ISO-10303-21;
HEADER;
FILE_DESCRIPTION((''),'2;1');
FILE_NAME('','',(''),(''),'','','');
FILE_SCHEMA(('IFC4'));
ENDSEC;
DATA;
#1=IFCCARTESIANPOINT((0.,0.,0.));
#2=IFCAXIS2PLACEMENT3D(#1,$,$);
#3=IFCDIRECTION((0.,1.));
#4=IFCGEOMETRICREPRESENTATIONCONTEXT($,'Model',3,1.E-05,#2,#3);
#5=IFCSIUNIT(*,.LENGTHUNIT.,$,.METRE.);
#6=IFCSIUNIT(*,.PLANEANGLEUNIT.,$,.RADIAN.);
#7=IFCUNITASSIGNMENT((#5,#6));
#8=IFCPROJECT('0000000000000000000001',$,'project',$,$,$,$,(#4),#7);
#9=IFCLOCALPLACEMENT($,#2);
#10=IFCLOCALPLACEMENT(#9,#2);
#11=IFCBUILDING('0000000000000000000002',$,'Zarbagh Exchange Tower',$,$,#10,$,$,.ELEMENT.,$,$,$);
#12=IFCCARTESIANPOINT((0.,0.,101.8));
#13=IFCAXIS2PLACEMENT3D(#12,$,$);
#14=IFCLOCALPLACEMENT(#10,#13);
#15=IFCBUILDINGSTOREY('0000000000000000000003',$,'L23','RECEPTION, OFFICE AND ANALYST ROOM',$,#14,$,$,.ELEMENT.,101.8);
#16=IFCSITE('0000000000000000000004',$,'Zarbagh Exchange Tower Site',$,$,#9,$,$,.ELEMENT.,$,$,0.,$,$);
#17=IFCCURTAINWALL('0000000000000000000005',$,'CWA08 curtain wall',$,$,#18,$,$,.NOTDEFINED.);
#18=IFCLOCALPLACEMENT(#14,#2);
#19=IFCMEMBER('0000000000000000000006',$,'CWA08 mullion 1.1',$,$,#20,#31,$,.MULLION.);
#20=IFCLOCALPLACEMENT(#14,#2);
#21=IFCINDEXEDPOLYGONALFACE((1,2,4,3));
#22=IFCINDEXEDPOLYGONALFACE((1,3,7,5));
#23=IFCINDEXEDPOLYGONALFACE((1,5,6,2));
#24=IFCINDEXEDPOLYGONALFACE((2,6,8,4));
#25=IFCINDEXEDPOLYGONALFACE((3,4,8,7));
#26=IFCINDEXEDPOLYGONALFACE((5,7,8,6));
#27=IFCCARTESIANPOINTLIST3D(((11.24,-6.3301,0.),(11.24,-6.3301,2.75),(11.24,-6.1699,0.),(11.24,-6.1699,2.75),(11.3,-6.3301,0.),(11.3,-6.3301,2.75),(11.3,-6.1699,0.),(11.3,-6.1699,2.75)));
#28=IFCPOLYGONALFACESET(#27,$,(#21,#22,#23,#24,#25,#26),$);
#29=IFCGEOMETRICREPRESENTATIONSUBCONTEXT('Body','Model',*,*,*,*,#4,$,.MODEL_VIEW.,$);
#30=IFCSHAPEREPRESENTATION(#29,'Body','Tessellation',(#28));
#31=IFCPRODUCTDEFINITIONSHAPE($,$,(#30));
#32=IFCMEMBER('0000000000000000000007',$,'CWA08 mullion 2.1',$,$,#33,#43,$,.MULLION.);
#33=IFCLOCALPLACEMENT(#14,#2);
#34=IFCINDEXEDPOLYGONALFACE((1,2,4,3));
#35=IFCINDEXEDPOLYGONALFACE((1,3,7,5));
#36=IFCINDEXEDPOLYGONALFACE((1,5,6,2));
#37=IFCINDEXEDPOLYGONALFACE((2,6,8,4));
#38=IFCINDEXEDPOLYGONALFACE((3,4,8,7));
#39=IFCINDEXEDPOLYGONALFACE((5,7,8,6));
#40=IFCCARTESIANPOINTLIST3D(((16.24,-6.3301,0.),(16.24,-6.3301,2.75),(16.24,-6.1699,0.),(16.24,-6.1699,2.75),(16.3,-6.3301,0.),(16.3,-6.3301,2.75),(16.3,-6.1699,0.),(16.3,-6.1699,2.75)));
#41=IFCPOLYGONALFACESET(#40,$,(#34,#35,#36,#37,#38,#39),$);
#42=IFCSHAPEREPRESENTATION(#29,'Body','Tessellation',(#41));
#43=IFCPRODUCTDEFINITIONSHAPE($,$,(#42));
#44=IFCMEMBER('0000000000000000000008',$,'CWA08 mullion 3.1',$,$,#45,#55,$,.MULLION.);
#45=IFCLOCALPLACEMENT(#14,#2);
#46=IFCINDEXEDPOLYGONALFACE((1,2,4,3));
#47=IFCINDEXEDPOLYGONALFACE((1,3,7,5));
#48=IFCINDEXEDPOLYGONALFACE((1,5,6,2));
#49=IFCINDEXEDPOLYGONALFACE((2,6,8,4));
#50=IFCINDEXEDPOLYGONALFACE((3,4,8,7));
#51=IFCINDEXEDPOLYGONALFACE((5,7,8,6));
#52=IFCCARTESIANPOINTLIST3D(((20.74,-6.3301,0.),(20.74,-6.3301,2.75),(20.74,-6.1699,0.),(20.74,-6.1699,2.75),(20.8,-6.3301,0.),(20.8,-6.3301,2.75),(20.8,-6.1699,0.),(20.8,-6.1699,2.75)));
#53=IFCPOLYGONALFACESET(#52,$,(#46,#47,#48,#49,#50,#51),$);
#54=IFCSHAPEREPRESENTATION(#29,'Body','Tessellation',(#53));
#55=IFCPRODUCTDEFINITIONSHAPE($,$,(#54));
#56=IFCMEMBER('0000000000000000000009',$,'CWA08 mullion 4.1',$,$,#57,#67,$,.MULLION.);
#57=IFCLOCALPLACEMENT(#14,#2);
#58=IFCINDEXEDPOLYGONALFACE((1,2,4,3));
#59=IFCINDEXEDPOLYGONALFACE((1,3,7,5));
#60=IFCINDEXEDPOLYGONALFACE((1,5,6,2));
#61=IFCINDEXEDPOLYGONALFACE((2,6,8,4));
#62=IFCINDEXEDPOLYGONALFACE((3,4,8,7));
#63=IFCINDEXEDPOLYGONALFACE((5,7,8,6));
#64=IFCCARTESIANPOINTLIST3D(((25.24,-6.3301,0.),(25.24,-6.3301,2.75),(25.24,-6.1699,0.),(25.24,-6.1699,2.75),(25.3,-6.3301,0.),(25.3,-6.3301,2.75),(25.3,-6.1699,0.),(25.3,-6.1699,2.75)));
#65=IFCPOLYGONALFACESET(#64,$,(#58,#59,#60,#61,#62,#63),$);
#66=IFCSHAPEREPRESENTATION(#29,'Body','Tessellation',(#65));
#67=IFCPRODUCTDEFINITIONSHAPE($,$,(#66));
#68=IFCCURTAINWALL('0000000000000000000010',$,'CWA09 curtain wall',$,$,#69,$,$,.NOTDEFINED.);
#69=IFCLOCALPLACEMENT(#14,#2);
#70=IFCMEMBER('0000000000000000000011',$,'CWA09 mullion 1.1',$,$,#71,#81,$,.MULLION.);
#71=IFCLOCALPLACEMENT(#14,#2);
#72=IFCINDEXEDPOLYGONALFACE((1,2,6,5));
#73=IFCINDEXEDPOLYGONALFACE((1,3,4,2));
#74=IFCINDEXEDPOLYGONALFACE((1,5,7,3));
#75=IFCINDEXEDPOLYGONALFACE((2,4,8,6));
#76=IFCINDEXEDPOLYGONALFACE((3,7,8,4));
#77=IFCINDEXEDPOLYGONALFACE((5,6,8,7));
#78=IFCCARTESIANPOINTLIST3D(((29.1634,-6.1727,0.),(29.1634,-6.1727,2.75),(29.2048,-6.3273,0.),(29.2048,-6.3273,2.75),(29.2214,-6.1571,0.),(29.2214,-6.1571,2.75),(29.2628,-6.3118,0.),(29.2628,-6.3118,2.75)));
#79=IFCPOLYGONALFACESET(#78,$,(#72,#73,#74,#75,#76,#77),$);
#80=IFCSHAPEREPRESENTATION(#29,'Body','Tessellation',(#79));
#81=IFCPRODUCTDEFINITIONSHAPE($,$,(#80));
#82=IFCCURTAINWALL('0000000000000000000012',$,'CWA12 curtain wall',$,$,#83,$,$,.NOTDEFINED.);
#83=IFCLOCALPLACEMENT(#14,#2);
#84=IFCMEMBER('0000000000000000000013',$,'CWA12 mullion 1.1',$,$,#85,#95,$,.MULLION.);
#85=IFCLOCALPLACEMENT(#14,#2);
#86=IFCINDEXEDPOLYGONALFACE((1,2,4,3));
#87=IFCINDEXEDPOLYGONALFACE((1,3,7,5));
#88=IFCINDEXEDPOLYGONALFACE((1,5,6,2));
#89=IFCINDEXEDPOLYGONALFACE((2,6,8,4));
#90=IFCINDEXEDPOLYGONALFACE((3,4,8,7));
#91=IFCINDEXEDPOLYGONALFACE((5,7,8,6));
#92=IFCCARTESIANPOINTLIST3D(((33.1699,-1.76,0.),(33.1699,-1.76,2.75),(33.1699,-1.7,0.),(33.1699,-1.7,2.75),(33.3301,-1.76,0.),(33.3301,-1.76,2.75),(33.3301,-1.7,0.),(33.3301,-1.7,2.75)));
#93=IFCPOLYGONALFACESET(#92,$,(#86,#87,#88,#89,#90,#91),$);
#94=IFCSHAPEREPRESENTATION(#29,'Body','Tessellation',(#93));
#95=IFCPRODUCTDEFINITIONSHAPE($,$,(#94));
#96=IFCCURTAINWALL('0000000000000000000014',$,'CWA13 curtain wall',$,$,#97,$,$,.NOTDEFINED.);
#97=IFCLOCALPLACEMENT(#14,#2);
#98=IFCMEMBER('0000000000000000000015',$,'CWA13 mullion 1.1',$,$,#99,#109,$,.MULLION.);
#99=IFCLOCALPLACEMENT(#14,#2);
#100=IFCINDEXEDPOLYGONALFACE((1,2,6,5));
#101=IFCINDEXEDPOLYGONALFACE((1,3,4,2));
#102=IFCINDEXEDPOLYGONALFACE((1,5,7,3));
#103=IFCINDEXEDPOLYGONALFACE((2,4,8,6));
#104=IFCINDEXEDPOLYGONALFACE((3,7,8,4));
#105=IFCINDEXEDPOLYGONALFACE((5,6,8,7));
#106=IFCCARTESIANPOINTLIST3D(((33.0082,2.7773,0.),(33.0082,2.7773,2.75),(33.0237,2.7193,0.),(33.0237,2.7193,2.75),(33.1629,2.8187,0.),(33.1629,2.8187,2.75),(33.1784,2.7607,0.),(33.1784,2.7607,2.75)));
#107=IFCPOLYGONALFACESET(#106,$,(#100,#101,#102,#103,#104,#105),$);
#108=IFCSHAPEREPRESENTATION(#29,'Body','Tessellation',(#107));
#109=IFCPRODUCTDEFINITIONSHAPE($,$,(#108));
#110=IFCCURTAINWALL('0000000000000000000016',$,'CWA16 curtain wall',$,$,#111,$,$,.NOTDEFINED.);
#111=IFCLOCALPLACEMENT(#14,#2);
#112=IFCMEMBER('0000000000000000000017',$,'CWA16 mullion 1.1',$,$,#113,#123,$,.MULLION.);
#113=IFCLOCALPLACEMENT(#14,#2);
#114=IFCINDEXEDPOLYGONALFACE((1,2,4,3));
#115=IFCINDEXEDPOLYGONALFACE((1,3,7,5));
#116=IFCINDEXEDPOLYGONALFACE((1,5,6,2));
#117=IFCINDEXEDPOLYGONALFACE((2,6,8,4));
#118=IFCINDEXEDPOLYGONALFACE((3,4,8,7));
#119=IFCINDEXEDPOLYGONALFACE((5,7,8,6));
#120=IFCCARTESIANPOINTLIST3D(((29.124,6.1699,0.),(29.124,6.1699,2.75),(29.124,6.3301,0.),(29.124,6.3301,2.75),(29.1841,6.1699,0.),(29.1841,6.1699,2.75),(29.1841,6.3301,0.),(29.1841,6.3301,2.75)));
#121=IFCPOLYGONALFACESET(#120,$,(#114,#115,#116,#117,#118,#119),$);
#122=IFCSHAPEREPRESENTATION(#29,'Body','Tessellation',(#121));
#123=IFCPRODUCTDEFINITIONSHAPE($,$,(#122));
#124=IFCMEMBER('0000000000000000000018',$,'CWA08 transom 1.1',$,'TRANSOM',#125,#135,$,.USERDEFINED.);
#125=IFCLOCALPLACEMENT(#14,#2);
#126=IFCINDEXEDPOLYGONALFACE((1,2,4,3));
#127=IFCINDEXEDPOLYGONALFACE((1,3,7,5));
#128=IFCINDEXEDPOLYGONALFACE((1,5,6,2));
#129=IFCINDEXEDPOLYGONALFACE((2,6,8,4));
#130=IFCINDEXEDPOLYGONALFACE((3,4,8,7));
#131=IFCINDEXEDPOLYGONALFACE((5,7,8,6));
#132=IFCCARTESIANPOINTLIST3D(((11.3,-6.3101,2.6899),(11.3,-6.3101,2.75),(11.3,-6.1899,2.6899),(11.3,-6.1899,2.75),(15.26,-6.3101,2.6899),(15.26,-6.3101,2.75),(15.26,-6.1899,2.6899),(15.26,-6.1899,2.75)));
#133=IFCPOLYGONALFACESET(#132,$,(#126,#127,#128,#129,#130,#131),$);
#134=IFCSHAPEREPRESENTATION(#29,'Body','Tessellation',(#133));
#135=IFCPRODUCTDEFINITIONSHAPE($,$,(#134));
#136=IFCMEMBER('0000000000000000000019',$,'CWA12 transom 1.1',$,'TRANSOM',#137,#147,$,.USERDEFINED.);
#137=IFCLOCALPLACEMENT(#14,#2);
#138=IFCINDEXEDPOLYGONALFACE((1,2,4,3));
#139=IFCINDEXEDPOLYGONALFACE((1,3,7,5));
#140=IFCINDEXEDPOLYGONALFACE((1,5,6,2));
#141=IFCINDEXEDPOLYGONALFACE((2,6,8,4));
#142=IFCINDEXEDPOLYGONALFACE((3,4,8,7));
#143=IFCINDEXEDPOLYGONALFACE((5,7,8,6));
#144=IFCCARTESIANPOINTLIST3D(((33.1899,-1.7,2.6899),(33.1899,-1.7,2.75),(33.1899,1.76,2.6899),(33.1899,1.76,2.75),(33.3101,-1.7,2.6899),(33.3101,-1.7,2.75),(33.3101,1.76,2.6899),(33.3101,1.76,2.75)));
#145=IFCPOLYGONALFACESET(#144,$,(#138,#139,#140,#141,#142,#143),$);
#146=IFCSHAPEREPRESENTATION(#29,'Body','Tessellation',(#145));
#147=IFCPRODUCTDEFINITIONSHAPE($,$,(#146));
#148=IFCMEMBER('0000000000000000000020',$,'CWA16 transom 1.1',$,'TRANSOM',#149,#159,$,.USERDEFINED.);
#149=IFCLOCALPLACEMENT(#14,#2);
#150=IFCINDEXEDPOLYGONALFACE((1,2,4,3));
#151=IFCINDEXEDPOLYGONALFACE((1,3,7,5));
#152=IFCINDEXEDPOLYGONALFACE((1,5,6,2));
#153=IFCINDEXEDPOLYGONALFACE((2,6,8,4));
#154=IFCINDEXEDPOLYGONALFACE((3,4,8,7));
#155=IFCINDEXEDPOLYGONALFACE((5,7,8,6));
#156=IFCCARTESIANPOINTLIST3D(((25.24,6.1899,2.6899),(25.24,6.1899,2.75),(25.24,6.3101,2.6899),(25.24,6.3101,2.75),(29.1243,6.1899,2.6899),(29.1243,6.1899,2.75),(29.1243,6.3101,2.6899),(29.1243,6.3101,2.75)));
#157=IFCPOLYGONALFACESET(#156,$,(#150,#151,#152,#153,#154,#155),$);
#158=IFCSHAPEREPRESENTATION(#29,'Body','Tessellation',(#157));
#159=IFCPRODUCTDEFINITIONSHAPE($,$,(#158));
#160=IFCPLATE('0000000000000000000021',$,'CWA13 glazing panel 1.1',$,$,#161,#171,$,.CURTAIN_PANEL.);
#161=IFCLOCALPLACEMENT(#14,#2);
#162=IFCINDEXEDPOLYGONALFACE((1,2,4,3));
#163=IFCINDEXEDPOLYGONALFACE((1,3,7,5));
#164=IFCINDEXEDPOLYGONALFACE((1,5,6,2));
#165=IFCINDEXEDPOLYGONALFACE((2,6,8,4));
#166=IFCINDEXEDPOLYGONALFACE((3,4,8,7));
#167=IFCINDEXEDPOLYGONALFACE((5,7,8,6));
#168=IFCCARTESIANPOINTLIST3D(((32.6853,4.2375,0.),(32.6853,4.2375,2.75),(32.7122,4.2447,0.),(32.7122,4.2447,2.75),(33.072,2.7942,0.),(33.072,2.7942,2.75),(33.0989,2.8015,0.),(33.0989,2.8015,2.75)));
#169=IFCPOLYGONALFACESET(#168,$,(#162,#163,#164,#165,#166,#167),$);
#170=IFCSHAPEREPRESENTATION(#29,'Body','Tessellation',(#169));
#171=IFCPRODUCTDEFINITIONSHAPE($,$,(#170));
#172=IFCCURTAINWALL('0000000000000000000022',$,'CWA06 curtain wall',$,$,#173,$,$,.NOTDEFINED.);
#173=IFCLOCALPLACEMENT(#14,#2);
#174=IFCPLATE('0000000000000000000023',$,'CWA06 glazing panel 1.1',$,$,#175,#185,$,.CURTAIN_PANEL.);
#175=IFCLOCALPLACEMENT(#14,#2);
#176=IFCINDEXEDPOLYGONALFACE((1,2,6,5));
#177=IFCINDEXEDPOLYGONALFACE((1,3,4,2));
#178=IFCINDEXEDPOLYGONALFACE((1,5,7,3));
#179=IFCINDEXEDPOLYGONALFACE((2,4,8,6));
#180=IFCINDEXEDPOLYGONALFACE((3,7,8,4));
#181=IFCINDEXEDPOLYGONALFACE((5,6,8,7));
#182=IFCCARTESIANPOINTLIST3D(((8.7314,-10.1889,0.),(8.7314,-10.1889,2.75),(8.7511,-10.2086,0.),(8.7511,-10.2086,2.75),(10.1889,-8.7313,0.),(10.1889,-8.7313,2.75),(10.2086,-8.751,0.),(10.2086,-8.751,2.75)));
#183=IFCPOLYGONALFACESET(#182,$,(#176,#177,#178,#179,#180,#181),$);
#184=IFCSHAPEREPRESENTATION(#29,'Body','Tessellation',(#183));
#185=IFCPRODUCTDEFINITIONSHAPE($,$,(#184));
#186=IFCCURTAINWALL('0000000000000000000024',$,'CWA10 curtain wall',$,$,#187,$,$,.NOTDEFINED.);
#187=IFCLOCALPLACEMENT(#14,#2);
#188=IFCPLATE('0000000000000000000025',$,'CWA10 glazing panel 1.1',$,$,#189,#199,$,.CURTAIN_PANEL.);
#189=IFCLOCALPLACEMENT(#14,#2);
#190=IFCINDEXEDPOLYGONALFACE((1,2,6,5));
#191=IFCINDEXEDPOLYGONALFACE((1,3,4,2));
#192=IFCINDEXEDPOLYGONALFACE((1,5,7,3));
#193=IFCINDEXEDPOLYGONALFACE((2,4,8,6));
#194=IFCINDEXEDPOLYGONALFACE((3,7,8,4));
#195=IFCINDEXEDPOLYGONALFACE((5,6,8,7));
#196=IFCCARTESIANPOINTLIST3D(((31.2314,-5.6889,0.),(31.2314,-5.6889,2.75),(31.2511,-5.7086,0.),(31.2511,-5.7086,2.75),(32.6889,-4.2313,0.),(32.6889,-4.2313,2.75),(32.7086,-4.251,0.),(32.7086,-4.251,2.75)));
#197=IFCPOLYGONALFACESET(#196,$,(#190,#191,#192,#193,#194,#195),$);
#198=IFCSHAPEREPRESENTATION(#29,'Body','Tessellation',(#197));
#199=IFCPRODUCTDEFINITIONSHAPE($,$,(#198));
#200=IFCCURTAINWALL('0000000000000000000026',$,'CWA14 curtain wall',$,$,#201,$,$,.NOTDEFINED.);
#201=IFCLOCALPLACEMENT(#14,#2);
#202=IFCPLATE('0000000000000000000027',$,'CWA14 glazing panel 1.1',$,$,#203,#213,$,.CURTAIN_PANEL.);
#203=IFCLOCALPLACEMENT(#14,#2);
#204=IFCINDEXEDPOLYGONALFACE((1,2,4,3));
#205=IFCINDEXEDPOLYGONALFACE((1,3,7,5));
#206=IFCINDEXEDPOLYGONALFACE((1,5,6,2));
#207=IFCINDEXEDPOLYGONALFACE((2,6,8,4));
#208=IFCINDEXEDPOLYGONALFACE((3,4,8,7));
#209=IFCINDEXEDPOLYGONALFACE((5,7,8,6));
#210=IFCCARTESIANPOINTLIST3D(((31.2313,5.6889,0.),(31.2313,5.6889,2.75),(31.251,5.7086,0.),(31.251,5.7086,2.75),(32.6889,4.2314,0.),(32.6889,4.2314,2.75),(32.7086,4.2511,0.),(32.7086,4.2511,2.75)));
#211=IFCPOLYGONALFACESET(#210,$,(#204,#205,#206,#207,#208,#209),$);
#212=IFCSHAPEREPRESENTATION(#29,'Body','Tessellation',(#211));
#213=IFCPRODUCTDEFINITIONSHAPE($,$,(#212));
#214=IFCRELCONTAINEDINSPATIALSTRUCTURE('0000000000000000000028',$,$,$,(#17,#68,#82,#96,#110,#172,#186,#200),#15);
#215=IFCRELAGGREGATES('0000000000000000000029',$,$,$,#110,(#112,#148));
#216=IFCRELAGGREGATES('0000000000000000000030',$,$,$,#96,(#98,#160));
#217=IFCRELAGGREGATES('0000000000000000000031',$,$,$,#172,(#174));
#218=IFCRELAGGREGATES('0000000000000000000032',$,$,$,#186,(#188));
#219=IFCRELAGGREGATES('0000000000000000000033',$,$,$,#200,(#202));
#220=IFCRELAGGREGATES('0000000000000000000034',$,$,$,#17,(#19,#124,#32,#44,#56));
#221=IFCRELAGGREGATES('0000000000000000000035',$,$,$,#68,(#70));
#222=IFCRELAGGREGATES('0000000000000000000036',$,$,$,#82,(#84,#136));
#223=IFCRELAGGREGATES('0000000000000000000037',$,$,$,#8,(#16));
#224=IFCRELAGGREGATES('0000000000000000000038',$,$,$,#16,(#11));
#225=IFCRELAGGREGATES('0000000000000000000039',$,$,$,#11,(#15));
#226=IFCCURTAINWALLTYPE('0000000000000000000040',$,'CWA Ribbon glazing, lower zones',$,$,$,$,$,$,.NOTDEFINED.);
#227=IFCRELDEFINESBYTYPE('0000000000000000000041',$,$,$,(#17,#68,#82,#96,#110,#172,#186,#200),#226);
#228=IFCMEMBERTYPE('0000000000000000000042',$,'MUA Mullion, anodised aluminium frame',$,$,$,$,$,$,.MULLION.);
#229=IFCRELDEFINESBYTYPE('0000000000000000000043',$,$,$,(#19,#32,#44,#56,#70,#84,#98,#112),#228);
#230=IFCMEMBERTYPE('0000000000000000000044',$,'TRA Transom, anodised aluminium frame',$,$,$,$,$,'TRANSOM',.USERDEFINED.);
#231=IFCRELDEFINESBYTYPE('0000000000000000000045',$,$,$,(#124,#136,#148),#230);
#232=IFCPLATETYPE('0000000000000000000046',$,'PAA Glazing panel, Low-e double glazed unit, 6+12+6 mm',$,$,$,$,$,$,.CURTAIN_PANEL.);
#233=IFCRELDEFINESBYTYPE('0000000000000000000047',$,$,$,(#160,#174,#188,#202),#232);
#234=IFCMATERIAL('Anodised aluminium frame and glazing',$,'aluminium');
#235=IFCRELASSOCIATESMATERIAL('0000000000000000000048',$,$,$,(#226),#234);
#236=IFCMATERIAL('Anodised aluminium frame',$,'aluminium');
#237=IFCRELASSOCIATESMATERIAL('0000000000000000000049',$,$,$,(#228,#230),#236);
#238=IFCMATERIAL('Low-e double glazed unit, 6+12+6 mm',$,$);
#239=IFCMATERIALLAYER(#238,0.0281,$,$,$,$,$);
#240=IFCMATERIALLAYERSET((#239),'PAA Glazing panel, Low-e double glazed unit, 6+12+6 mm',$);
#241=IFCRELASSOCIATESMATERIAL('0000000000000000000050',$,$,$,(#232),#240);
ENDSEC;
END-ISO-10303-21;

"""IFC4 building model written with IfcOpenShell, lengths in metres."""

from ifc_helpers import new_model, si_unit, direction, frame, origin, place, context, subcontext, project, spatial, polyline, outline, extrude, source, transform, mapped, material, layer, layer_set, type_object, element, aggregate, save


model = new_model("IFC4")

# Units and contexts
model_context = context("Model", 3, precision=1e-05, world=origin(), true_north=direction((0.0, 1.0)))
body_context = subcontext(model_context, "Body", "Model", "MODEL_VIEW")
ifc_project = project(units=[si_unit("LENGTHUNIT", "METRE"), si_unit("PLANEANGLEUNIT", "RADIAN")], contexts=[model_context])

# Site, building, storey
site_placement = place(None, origin())
site = spatial("IfcSite", under=ifc_project, at=site_placement, Name="Zarbagh Exchange Tower Site", CompositionType="ELEMENT", RefElevation=0.0)
building_placement = place(site_placement, origin())
building = spatial("IfcBuilding", under=site, at=building_placement, Name="Zarbagh Exchange Tower", CompositionType="ELEMENT")
storey_placement = place(building_placement, frame((0.0, 0.0, 101.8)))
storey = spatial("IfcBuildingStorey", under=building, at=storey_placement, Name="L23", Description="RECEPTION, OFFICE AND ANALYST ROOM", CompositionType="ELEMENT", Elevation=101.8)

# Curtain wall, members
ifc_material_1 = material(Name="Anodised aluminium frame and glazing", Category="aluminium")
curtain_wall_type = type_object("IfcCurtainWallType", Name="CWA Ribbon glazing, lower zones", PredefinedType="NOTDEFINED", material=ifc_material_1)
curtain_wall_1_placement = place(storey_placement, origin())
curtain_wall_1 = element("IfcCurtainWall", 1, at=curtain_wall_1_placement, inside=storey, type_object=curtain_wall_type, Name="CWA08 curtain wall", PredefinedType="NOTDEFINED")
ifc_material_2 = material(Name="Anodised aluminium frame", Category="aluminium")
member_type_1 = type_object("IfcMemberType", Name="MUA Mullion, anodised aluminium frame", PredefinedType="MULLION", material=ifc_material_2)
shared_shape_1 = source(origin(), body_context, "Body", "SweptSolid", [
    extrude(outline(polyline([(0.0, -0.0801), (0.0601, -0.0801), (0.0601, 0.0801), (0.0, 0.0801), (0.0, -0.0801)])), origin(), (0.0, 0.0, 1.0), 2.75),
])
placement = place(storey_placement, origin())
member_1 = element("IfcMember", 2, at=placement, type_object=member_type_1, Name="CWA08 mullion 1.1", PredefinedType="MULLION", context=body_context, shape_type="MappedRepresentation", body=[
    mapped(shared_shape_1, transform((11.24, -6.25, 0.0), x_axis=(1.0, 0.0, 0.0), y_axis=(0.0, 1.0, 0.0), z_axis=(0.0, 0.0, 1.0))),
])
member_2 = element("IfcMember", 3, at=placement, type_object=member_type_1, Name="CWA08 mullion 2.1", PredefinedType="MULLION", context=body_context, shape_type="MappedRepresentation", body=[
    mapped(shared_shape_1, transform((16.24, -6.25, 0.0), x_axis=(1.0, 0.0, 0.0), y_axis=(0.0, 1.0, 0.0), z_axis=(0.0, 0.0, 1.0))),
])
member_3 = element("IfcMember", 4, at=placement, type_object=member_type_1, Name="CWA08 mullion 3.1", PredefinedType="MULLION", context=body_context, shape_type="MappedRepresentation", body=[
    mapped(shared_shape_1, transform((20.74, -6.25, 0.0), x_axis=(1.0, 0.0, 0.0), y_axis=(0.0, 1.0, 0.0), z_axis=(0.0, 0.0, 1.0))),
])
member_4 = element("IfcMember", 5, at=placement, type_object=member_type_1, Name="CWA08 mullion 4.1", PredefinedType="MULLION", context=body_context, shape_type="MappedRepresentation", body=[
    mapped(shared_shape_1, transform((25.24, -6.25, 0.0), x_axis=(1.0, 0.0, 0.0), y_axis=(0.0, 1.0, 0.0), z_axis=(0.0, 0.0, 1.0))),
])

# Curtain walls, members
curtain_wall_2_placement = place(storey_placement, origin())
curtain_wall_2 = element("IfcCurtainWall", 6, at=curtain_wall_2_placement, inside=storey, type_object=curtain_wall_type, Name="CWA09 curtain wall", PredefinedType="NOTDEFINED")
member_5 = element("IfcMember", 7, at=placement, type_object=member_type_1, Name="CWA09 mullion 1.1", PredefinedType="MULLION", context=body_context, shape_type="MappedRepresentation", body=[
    mapped(shared_shape_1, transform((29.1841, -6.25, 0.0), x_axis=(0.965924, 0.258825, 0.0), y_axis=(-0.258825, 0.965924, 0.0), z_axis=(0.0, 0.0, 1.0))),
])
curtain_wall_3_placement = place(storey_placement, origin())
curtain_wall_3 = element("IfcCurtainWall", 8, at=curtain_wall_3_placement, inside=storey, type_object=curtain_wall_type, Name="CWA12 curtain wall", PredefinedType="NOTDEFINED")
member_6 = element("IfcMember", 9, at=placement, type_object=member_type_1, Name="CWA12 mullion 1.1", PredefinedType="MULLION", context=body_context, shape_type="MappedRepresentation", body=[
    mapped(shared_shape_1, transform((33.25, -1.76, 0.0), x_axis=(0.0, 1.0, 0.0), y_axis=(-1.0, 0.0, 0.0), z_axis=(0.0, 0.0, 1.0))),
])
curtain_wall_4_placement = place(storey_placement, origin())
curtain_wall_4 = element("IfcCurtainWall", 10, at=curtain_wall_4_placement, inside=storey, type_object=curtain_wall_type, Name="CWA13 curtain wall", PredefinedType="NOTDEFINED")
member_7 = element("IfcMember", 11, at=placement, type_object=member_type_1, Name="CWA13 mullion 1.1", PredefinedType="MULLION", context=body_context, shape_type="MappedRepresentation", body=[
    mapped(shared_shape_1, transform((33.1011, 2.74, 0.0), x_axis=(-0.258825, 0.965924, 0.0), y_axis=(-0.965924, -0.258825, 0.0), z_axis=(0.0, 0.0, 1.0))),
])
curtain_wall_5_placement = place(storey_placement, origin())
curtain_wall_5 = element("IfcCurtainWall", 12, at=curtain_wall_5_placement, inside=storey, type_object=curtain_wall_type, Name="CWA16 curtain wall", PredefinedType="NOTDEFINED")
member_8 = element("IfcMember", 13, at=placement, type_object=member_type_1, Name="CWA16 mullion 1.1", PredefinedType="MULLION", context=body_context, shape_type="MappedRepresentation", body=[
    mapped(shared_shape_1, transform((29.1841, 6.25, 0.0), x_axis=(-1.0, 0.0, 0.0), y_axis=(0.0, -1.0, 0.0), z_axis=(0.0, 0.0, 1.0))),
])

# Members
member_type_2 = type_object("IfcMemberType", Name="TRA Transom, anodised aluminium frame", ElementType="TRANSOM", PredefinedType="USERDEFINED", material=ifc_material_2)
shared_shape_2 = source(origin(), body_context, "Body", "SweptSolid", [
    extrude(outline(polyline([(-0.0601, -0.0601), (0.0, -0.0601), (0.0, 0.0601), (-0.0601, 0.0601), (-0.0601, -0.0601)])), origin(), (0.0, 0.0, 1.0), 3.96),
])
member_9 = element("IfcMember", 14, at=placement, type_object=member_type_2, Name="CWA08 transom 1.1", ObjectType="TRANSOM", PredefinedType="USERDEFINED", context=body_context, shape_type="MappedRepresentation", body=[
    mapped(shared_shape_2, transform((11.3, -6.25, 2.75), x_axis=(0.0, 0.0, 1.0), y_axis=(0.0, -1.0, 0.0), z_axis=(1.0, 0.0, 0.0))),
])
shared_shape_3 = source(origin(), body_context, "Body", "SweptSolid", [
    extrude(outline(polyline([(-0.0601, -0.0601), (0.0, -0.0601), (0.0, 0.0601), (-0.0601, 0.0601), (-0.0601, -0.0601)])), origin(), (0.0, 0.0, 1.0), 3.46),
])
member_10 = element("IfcMember", 15, at=placement, type_object=member_type_2, Name="CWA12 transom 1.1", ObjectType="TRANSOM", PredefinedType="USERDEFINED", context=body_context, shape_type="MappedRepresentation", body=[
    mapped(shared_shape_3, transform((33.25, -1.7, 2.75), x_axis=(0.0, 0.0, 1.0), y_axis=(1.0, 0.0, 0.0), z_axis=(0.0, 1.0, 0.0))),
])
shared_shape_4 = source(origin(), body_context, "Body", "SweptSolid", [
    extrude(outline(polyline([(-0.0601, -0.0601), (0.0, -0.0601), (0.0, 0.0601), (-0.0601, 0.0601), (-0.0601, -0.0601)])), origin(), (0.0, 0.0, 1.0), 3.8843),
])
member_11 = element("IfcMember", 16, at=placement, type_object=member_type_2, Name="CWA16 transom 1.1", ObjectType="TRANSOM", PredefinedType="USERDEFINED", context=body_context, shape_type="MappedRepresentation", body=[
    mapped(shared_shape_4, transform((29.1243, 6.25, 2.75), x_axis=(0.0, 0.0, 1.0), y_axis=(0.0, 1.0, 0.0), z_axis=(-1.0, 0.0, 0.0))),
])
aggregate(curtain_wall_5, [member_8, member_11])

# Plate
ifc_material_3 = material(Name="Low-e double glazed unit, 6+12+6 mm")
ifc_layer = layer(ifc_material_3, 0.0281)
ifc_layer_set = layer_set([ifc_layer], Name="PAA Glazing panel, Low-e double glazed unit, 6+12+6 mm")
plate_type = type_object("IfcPlateType", Name="PAA Glazing panel, Low-e double glazed unit, 6+12+6 mm", PredefinedType="CURTAIN_PANEL", material=ifc_layer_set)
shared_shape_5 = source(origin(), body_context, "Body", "SweptSolid", [
    extrude(outline(polyline([(0.0, -0.0139), (1.4941, -0.0139), (1.4941, 0.0139), (0.0, 0.0139), (0.0, -0.0139)])), origin(), (0.0, 0.0, 1.0), 2.75),
])
plate_1 = element("IfcPlate", 17, at=placement, type_object=plate_type, Name="CWA13 glazing panel 1.1", PredefinedType="CURTAIN_PANEL", context=body_context, shape_type="MappedRepresentation", body=[
    mapped(shared_shape_5, transform((33.0854, 2.7979, 0.0), x_axis=(-0.258825, 0.965924, 0.0), y_axis=(-0.965924, -0.258825, 0.0), z_axis=(0.0, 0.0, 1.0))),
])
aggregate(curtain_wall_4, [member_7, plate_1])

# Curtain walls, plates
curtain_wall_6_placement = place(storey_placement, origin())
curtain_wall_6 = element("IfcCurtainWall", 18, at=curtain_wall_6_placement, inside=storey, type_object=curtain_wall_type, Name="CWA06 curtain wall", PredefinedType="NOTDEFINED")
shared_shape_6 = source(origin(), body_context, "Body", "SweptSolid", [
    extrude(outline(polyline([(0.0, -0.0139), (2.0613, -0.0139), (2.0613, 0.0139), (0.0, 0.0139), (0.0, -0.0139)])), origin(), (0.0, 0.0, 1.0), 2.75),
])
plate_2 = element("IfcPlate", 19, at=placement, type_object=plate_type, Name="CWA06 glazing panel 1.1", PredefinedType="CURTAIN_PANEL", context=body_context, shape_type="MappedRepresentation", body=[
    mapped(shared_shape_6, transform((8.7412, -10.1987, 0.0), x_axis=(0.707107, 0.707107, 0.0), y_axis=(-0.707107, 0.707107, 0.0), z_axis=(0.0, 0.0, 1.0))),
])
aggregate(curtain_wall_6, [plate_2])
curtain_wall_7_placement = place(storey_placement, origin())
curtain_wall_7 = element("IfcCurtainWall", 20, at=curtain_wall_7_placement, inside=storey, type_object=curtain_wall_type, Name="CWA10 curtain wall", PredefinedType="NOTDEFINED")
plate_3 = element("IfcPlate", 21, at=placement, type_object=plate_type, Name="CWA10 glazing panel 1.1", PredefinedType="CURTAIN_PANEL", context=body_context, shape_type="MappedRepresentation", body=[
    mapped(shared_shape_6, transform((31.2412, -5.6987, 0.0), x_axis=(0.707107, 0.707107, 0.0), y_axis=(-0.707107, 0.707107, 0.0), z_axis=(0.0, 0.0, 1.0))),
])
aggregate(curtain_wall_7, [plate_3])
curtain_wall_8_placement = place(storey_placement, origin())
curtain_wall_8 = element("IfcCurtainWall", 22, at=curtain_wall_8_placement, inside=storey, type_object=curtain_wall_type, Name="CWA14 curtain wall", PredefinedType="NOTDEFINED")
plate_4 = element("IfcPlate", 23, at=placement, type_object=plate_type, Name="CWA14 glazing panel 1.1", PredefinedType="CURTAIN_PANEL", context=body_context, shape_type="MappedRepresentation", body=[
    mapped(shared_shape_6, transform((32.6987, 4.2412, 0.0), x_axis=(-0.707107, 0.707107, 0.0), y_axis=(-0.707107, -0.707107, 0.0), z_axis=(0.0, 0.0, 1.0))),
])
aggregate(curtain_wall_8, [plate_4])

aggregate(curtain_wall_1, [member_1, member_9, member_2, member_3, member_4])
aggregate(curtain_wall_2, [member_5])

aggregate(curtain_wall_3, [member_6, member_10])

save(model, "model.ifc")
